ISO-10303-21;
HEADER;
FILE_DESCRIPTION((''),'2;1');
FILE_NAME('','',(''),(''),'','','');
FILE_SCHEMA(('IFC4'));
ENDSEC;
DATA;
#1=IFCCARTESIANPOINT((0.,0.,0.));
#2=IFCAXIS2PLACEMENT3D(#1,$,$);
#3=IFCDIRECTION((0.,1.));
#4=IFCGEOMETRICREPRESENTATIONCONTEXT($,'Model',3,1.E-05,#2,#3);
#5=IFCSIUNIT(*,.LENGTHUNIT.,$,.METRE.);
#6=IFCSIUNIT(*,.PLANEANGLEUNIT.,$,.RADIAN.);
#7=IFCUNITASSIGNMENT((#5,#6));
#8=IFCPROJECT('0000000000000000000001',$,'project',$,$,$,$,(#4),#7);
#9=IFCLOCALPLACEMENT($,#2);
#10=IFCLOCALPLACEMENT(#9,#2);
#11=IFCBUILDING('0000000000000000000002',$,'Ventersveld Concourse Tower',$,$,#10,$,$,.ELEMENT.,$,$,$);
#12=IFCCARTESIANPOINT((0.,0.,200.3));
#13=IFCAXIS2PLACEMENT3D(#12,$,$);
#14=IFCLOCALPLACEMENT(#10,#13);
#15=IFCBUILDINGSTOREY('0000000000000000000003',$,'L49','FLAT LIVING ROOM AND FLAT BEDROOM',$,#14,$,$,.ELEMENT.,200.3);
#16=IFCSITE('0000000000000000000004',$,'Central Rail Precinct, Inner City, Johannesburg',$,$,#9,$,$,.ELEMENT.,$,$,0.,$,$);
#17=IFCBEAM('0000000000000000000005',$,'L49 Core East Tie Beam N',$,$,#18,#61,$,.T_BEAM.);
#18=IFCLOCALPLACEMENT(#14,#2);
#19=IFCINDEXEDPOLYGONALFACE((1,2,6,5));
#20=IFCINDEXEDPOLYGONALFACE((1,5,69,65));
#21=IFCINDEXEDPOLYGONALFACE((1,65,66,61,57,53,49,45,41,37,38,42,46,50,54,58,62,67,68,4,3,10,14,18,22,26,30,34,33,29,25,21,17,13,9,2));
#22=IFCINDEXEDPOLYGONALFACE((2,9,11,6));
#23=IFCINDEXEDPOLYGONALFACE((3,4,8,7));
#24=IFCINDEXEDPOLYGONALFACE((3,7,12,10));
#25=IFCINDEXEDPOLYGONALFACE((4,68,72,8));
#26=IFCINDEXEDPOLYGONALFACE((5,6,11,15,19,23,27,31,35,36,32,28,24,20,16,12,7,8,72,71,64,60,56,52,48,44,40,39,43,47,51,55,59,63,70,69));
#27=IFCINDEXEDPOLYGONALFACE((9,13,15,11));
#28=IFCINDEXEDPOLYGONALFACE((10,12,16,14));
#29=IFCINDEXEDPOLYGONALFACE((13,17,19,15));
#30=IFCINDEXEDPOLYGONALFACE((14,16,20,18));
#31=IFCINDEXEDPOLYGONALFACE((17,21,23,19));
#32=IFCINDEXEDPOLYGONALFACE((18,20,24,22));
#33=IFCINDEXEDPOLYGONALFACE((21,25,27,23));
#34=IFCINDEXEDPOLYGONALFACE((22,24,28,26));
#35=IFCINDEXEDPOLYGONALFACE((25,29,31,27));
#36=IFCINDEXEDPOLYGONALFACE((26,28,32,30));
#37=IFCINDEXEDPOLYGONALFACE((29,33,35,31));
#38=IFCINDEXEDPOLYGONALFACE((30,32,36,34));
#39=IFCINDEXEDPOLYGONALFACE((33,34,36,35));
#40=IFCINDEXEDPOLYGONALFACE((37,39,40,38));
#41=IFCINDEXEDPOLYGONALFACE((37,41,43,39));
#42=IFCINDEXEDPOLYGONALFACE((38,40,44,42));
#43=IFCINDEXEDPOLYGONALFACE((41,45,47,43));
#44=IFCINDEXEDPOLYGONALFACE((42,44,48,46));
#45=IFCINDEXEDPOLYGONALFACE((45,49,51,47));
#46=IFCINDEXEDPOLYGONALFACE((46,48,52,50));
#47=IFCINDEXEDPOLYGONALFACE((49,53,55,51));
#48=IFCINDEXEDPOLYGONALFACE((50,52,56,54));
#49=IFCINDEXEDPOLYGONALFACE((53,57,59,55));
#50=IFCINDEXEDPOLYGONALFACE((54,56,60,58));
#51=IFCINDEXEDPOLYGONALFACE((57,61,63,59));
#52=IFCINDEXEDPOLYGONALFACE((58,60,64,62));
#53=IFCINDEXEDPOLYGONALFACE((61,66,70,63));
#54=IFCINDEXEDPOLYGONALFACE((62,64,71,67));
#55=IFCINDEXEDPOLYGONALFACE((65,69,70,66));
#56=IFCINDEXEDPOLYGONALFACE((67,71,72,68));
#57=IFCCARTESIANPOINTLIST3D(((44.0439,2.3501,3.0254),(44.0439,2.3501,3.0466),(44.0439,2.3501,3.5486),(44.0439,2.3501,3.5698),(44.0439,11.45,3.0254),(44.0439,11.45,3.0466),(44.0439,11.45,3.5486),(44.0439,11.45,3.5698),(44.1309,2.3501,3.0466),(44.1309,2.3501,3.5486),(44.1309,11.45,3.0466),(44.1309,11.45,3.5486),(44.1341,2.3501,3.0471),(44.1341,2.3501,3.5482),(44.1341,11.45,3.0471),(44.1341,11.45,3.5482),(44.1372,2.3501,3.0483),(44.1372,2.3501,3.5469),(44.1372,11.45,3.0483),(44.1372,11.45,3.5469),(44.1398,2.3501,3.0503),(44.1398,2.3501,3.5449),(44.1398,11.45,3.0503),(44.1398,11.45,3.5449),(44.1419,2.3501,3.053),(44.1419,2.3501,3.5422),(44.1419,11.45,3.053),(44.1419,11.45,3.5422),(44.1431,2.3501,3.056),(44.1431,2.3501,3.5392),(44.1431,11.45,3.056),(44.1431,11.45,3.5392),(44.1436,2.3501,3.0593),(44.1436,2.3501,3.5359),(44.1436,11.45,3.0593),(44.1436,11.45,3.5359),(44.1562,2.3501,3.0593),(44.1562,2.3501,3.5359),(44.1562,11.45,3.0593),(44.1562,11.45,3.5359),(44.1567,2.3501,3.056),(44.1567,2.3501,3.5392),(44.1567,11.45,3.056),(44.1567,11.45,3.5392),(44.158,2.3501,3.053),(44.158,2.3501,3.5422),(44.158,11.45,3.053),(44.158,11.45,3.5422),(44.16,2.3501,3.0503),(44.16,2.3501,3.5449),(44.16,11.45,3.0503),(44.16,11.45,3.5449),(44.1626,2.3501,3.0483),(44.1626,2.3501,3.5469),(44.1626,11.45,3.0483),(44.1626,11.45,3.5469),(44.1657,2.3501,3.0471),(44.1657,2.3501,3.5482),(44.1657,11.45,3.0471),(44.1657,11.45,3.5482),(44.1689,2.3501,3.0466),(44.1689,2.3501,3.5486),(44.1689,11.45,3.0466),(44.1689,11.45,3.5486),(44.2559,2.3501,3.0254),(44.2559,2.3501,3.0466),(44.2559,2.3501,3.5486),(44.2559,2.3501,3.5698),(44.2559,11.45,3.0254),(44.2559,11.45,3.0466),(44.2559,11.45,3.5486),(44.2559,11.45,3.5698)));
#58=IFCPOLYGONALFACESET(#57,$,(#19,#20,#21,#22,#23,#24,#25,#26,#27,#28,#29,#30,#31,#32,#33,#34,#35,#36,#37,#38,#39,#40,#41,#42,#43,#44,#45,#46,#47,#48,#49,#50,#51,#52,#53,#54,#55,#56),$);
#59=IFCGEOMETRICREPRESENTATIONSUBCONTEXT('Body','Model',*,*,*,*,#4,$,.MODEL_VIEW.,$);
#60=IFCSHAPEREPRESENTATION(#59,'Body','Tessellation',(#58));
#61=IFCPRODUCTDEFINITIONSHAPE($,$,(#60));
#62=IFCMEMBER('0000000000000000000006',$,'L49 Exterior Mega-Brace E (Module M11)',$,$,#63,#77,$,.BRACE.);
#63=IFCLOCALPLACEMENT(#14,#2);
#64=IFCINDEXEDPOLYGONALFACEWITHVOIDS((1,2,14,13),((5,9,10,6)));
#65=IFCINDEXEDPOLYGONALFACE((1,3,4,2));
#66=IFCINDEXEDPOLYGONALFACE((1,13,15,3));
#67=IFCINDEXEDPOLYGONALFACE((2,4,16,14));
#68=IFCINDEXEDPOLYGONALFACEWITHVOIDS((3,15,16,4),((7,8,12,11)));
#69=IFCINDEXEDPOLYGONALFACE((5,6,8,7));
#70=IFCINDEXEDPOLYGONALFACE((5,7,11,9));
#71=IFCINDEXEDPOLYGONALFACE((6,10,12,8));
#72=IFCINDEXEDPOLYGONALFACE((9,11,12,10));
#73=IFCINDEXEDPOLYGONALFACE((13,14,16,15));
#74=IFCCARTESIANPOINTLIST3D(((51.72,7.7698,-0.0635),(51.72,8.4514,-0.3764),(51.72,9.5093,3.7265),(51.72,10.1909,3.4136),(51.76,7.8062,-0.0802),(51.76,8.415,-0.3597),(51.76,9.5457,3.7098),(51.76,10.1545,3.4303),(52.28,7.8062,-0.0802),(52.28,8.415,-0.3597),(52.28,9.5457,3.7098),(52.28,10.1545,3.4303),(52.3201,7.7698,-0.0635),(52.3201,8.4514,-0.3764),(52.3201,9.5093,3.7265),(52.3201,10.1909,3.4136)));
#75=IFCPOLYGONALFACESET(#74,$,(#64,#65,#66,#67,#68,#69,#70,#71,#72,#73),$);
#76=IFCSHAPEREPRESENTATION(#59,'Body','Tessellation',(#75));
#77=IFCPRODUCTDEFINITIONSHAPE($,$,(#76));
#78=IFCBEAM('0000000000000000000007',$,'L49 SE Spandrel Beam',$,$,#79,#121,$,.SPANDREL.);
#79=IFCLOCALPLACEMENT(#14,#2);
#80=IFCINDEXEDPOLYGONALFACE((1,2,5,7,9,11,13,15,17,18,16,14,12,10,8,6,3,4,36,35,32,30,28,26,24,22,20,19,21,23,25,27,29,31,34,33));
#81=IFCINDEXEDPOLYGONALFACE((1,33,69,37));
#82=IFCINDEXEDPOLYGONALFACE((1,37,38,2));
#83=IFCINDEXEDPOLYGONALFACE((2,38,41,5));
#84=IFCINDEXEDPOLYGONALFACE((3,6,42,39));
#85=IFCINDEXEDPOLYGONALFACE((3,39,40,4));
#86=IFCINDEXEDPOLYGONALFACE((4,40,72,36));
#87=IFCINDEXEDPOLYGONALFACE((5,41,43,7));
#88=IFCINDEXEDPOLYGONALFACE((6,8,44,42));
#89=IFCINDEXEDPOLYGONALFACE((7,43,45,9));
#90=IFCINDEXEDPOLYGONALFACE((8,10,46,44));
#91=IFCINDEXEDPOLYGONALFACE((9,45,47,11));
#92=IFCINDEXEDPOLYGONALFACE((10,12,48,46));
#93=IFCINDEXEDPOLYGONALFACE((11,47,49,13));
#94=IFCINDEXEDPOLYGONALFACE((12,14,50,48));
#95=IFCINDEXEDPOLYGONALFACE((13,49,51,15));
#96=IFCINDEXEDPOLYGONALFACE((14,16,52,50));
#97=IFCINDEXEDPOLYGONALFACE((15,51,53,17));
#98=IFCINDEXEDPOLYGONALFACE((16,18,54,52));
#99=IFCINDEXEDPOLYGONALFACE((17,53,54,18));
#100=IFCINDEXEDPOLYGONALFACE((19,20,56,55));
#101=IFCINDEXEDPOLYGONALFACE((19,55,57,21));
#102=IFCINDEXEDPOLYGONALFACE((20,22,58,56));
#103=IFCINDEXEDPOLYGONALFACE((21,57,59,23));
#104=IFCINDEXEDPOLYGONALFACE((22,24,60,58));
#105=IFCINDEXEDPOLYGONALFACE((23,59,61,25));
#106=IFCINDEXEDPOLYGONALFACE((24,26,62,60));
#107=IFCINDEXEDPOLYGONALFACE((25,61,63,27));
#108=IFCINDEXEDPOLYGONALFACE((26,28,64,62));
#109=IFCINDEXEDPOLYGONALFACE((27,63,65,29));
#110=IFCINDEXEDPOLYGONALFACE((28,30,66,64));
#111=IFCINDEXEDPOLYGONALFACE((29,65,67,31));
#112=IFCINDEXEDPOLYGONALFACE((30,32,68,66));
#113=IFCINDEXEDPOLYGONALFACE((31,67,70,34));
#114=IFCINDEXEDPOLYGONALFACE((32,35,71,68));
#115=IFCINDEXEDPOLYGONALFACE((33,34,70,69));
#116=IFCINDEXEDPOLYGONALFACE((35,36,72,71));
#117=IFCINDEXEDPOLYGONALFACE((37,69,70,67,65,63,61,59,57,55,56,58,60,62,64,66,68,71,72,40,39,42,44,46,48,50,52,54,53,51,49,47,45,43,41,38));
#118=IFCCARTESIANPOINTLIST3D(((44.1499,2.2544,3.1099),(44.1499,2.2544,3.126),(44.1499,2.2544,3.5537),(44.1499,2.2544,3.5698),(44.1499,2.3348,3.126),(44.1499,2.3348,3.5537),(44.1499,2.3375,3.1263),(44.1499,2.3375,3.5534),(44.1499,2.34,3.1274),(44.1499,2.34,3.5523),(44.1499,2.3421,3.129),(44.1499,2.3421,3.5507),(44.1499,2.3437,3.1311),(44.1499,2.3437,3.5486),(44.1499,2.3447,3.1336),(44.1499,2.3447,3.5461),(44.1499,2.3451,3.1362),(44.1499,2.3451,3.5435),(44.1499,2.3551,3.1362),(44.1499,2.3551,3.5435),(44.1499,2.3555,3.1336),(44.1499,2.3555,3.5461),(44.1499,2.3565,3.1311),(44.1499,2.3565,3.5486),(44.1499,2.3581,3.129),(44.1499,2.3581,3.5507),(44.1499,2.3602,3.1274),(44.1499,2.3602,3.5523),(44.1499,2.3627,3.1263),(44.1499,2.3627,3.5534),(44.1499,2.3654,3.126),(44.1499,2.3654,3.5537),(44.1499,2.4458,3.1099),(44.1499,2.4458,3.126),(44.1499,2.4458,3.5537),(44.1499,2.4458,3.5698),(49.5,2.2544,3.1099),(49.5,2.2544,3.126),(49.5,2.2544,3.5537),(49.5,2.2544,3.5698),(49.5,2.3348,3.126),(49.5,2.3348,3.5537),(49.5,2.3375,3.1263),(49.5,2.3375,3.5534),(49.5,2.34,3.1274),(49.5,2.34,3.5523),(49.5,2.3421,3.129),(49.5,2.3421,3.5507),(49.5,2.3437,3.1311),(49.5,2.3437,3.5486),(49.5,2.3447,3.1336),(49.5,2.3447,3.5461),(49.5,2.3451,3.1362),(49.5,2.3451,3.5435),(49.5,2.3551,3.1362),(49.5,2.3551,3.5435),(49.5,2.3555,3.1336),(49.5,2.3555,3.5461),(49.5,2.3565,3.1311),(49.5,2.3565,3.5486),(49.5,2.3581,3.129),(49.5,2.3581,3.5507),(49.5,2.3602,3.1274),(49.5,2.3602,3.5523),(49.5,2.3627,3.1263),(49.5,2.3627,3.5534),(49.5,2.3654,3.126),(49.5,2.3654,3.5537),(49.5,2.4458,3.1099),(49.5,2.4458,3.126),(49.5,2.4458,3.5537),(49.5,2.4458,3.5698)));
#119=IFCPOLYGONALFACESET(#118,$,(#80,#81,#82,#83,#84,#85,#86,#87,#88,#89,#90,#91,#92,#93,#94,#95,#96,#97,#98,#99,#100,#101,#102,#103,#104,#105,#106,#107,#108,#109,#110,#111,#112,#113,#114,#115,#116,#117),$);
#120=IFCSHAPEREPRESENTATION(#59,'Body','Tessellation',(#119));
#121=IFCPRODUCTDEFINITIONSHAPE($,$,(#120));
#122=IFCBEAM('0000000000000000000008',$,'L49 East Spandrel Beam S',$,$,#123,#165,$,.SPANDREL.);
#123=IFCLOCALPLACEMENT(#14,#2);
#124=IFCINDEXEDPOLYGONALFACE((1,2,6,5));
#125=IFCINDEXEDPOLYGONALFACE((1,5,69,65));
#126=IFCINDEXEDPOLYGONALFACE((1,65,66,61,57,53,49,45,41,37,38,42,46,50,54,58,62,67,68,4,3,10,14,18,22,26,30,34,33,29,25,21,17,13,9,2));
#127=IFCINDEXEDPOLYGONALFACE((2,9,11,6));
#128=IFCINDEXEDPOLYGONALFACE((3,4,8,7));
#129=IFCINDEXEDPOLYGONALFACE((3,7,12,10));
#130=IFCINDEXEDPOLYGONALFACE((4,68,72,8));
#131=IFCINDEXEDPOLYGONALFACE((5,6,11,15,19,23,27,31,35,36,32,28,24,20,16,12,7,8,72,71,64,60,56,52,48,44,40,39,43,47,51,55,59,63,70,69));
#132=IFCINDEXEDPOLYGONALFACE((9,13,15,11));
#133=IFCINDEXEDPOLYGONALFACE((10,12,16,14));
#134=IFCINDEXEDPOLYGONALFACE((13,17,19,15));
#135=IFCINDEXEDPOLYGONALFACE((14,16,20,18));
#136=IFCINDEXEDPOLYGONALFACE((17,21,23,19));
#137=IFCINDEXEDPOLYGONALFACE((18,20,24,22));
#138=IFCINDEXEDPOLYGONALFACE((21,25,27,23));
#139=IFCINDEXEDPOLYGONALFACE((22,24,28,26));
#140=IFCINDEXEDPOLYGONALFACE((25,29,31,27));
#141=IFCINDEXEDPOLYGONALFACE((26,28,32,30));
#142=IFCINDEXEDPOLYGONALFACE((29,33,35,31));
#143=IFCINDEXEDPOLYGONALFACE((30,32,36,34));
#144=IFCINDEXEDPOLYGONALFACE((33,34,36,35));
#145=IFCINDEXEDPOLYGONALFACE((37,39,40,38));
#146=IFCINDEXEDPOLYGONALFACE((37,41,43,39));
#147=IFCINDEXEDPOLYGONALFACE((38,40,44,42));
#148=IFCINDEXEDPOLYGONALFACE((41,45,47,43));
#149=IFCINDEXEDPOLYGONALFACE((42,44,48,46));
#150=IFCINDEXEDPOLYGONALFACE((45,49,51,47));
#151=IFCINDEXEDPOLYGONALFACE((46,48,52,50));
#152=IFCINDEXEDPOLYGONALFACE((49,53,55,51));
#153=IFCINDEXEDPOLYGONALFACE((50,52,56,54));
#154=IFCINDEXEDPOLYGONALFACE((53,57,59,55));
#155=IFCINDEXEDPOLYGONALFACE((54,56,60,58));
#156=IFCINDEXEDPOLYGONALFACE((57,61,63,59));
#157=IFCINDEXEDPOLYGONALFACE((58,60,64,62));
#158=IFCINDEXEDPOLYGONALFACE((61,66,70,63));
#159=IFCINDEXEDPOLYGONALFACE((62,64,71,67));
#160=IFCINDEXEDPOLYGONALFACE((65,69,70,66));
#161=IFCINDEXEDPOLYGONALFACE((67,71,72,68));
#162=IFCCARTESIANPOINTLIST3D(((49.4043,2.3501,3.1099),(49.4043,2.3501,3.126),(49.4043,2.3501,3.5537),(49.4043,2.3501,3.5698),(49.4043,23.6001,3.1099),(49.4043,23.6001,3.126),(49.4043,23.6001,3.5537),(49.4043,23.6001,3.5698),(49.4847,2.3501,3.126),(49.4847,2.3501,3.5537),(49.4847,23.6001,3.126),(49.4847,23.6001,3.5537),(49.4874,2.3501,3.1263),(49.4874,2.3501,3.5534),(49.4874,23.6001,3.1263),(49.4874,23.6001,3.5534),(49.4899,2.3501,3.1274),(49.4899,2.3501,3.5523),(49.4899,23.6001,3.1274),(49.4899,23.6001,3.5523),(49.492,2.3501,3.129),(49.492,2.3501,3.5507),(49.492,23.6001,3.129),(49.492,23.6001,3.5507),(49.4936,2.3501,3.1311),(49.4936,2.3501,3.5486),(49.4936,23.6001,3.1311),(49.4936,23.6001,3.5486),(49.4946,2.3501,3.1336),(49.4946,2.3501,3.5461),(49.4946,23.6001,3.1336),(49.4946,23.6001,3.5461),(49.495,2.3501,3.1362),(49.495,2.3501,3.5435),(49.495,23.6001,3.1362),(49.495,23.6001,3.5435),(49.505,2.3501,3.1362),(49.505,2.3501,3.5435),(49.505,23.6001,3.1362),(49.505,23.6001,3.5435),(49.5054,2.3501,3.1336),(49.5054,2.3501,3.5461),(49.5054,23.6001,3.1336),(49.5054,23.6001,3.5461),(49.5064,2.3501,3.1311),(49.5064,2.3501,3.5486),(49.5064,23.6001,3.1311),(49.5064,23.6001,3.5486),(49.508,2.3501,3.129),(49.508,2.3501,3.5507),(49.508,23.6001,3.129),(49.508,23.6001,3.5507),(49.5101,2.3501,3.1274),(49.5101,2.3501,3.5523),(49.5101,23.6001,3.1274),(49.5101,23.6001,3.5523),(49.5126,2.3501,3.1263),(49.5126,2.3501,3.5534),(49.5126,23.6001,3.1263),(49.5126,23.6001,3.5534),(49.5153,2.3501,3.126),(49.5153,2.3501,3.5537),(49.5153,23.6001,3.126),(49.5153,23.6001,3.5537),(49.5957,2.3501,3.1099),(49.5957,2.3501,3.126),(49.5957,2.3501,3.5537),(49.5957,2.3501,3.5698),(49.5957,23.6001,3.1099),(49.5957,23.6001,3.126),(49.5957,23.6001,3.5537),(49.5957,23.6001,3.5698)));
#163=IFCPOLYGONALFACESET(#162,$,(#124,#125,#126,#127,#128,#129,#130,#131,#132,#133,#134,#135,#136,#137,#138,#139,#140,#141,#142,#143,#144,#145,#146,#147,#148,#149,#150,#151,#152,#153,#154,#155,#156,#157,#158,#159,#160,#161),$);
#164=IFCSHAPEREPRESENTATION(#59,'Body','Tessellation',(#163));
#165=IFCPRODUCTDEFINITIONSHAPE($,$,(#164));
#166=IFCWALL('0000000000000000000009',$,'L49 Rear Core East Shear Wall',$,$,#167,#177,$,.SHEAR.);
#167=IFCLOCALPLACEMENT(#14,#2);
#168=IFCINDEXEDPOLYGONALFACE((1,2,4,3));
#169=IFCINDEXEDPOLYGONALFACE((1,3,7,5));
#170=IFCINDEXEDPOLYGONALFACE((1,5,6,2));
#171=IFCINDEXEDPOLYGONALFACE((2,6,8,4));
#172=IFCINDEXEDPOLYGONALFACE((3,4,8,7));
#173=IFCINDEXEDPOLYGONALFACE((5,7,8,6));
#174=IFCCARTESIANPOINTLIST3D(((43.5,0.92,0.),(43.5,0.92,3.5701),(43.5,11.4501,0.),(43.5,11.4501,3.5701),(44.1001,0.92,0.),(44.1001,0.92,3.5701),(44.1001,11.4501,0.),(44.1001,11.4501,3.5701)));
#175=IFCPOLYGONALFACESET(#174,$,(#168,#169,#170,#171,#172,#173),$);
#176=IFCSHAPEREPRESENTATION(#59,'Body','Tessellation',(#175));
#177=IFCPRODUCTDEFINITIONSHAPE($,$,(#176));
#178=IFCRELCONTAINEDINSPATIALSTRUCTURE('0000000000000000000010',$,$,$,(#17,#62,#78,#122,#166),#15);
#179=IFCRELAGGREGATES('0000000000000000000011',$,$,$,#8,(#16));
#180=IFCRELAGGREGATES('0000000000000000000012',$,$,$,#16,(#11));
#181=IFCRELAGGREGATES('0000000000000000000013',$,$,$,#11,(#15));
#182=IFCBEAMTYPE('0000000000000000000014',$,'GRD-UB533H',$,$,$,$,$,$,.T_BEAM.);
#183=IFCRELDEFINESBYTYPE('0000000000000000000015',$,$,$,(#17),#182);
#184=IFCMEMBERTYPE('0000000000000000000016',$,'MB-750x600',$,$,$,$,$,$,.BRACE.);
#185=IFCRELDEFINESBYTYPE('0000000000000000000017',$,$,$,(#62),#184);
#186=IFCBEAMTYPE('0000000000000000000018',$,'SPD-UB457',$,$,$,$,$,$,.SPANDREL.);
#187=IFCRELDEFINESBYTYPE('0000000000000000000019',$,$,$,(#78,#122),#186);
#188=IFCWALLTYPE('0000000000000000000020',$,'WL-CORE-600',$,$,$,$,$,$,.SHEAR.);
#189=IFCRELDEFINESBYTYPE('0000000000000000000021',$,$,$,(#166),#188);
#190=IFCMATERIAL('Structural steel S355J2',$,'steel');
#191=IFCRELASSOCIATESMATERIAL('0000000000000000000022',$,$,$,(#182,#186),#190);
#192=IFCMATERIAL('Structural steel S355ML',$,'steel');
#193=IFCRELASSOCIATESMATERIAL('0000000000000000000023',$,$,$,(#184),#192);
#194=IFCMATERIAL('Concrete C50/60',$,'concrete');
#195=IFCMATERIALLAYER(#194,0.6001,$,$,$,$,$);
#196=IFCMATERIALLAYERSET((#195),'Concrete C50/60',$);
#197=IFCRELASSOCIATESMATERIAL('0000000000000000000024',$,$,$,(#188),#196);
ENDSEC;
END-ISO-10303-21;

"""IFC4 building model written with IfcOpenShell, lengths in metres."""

from ifc_helpers import new_model, si_unit, direction, frame, frame_2d, origin, origin_2d, place, context, subcontext, project, spatial, rectangle, hollow_rectangle, i_section, extrude, material, layer, layer_set, material_profile, profile_set, type_object, element, save


model = new_model("IFC4")

# Units and contexts
model_context = context("Model", 3, precision=1e-05, world=origin(), true_north=direction((0.0, 1.0)))
body_context = subcontext(model_context, "Body", "Model", "MODEL_VIEW")
ifc_project = project(units=[si_unit("LENGTHUNIT", "METRE"), si_unit("PLANEANGLEUNIT", "RADIAN")], contexts=[model_context])

# Site, building, storey
site_placement = place(None, origin())
site = spatial("IfcSite", under=ifc_project, at=site_placement, Name="Central Rail Precinct, Inner City, Johannesburg", CompositionType="ELEMENT", RefElevation=0.0)
building_placement = place(site_placement, origin())
building = spatial("IfcBuilding", under=site, at=building_placement, Name="Ventersveld Concourse Tower", CompositionType="ELEMENT")
storey_placement = place(building_placement, frame((0.0, 0.0, 200.3)))
storey = spatial("IfcBuildingStorey", under=building, at=storey_placement, Name="L49", Description="FLAT LIVING ROOM AND FLAT BEDROOM", CompositionType="ELEMENT", Elevation=200.3)

# Shared definitions
ifc_material_1 = material(Name="Concrete C50/60", Category="concrete")

# Beam
ifc_material_2 = material(Name="Structural steel S355J2", Category="steel")
ifc_material_profile_1 = material_profile(ifc_material_2, i_section(OverallWidth=0.2119, OverallDepth=0.5444, WebThickness=0.0127, FlangeThickness=0.0212, FilletRadius=0.0127, at=origin_2d()), Name="UB 533x210x122")
ifc_profile_set_1 = profile_set([ifc_material_profile_1], Name="Structural steel S355J2")
beam_type_1 = type_object("IfcBeamType", Name="GRD-UB533H", PredefinedType="T_BEAM", material=ifc_profile_set_1)
beam_1_placement = place(storey_placement, frame((44.1499, 2.3501, 3.2976), z_axis=(0.0, 1.0, 0.0), x_axis=(-1.0, 0.0, 0.0)))
element("IfcBeam", 1, at=beam_1_placement, inside=storey, type_object=beam_type_1, Name="L49 Core East Tie Beam N", PredefinedType="T_BEAM", context=body_context, shape_type="SweptSolid", body=[
    extrude(i_section(OverallWidth=0.2119, OverallDepth=0.5444, WebThickness=0.0127, FlangeThickness=0.0212, FilletRadius=0.0127, at=origin_2d()), origin(), (0.0, 0.0, 1.0), 9.0999),
])

# Member
ifc_material_3 = material(Name="Structural steel S355ML", Category="steel")
ifc_material_profile_2 = material_profile(ifc_material_3, hollow_rectangle(XDim=0.6001, YDim=0.75, WallThickness=0.04, at=origin_2d()), Name="BOX 750x600x40")
ifc_profile_set_2 = profile_set([ifc_material_profile_2], Name="Structural steel S355ML")
member_type = type_object("IfcMemberType", Name="MB-750x600", PredefinedType="BRACE", material=ifc_profile_set_2)
member_placement = place(storey_placement, frame((52.02, 8.1106, -0.22), z_axis=(0.0, 0.41713, 0.908847), x_axis=(-1.0, 0.0, 0.0)))
element("IfcMember", 2, at=member_placement, inside=storey, type_object=member_type, Name="L49 Exterior Mega-Brace E (Module M11)", PredefinedType="BRACE", context=body_context, shape_type="SweptSolid", body=[
    extrude(hollow_rectangle(XDim=0.6001, YDim=0.75, WallThickness=0.04, at=origin_2d()), origin(), (0.0, 0.0, 1.0), 4.1702),
])

# Beams
ifc_material_profile_3 = material_profile(ifc_material_2, i_section(OverallWidth=0.1914, OverallDepth=0.46, WebThickness=0.01, FlangeThickness=0.0161, FilletRadius=0.0103, at=origin_2d()), Name="UB 457x191x82")
ifc_profile_set_3 = profile_set([ifc_material_profile_3], Name="Structural steel S355J2")
beam_type_2 = type_object("IfcBeamType", Name="SPD-UB457", PredefinedType="SPANDREL", material=ifc_profile_set_3)
beam_2_placement = place(storey_placement, frame((44.1499, 2.3501, 3.3398), z_axis=(1.0, 0.0, 0.0), x_axis=(0.0, 1.0, 0.0)))
element("IfcBeam", 3, at=beam_2_placement, inside=storey, type_object=beam_type_2, Name="L49 SE Spandrel Beam", PredefinedType="SPANDREL", context=body_context, shape_type="SweptSolid", body=[
    extrude(i_section(OverallWidth=0.1914, OverallDepth=0.46, WebThickness=0.01, FlangeThickness=0.0161, FilletRadius=0.0103, at=origin_2d()), origin(), (0.0, 0.0, 1.0), 5.3501),
])
beam_3_placement = place(storey_placement, frame((49.5, 2.3501, 3.3398), z_axis=(0.0, 1.0, 0.0), x_axis=(-1.0, 0.0, 0.0)))
element("IfcBeam", 4, at=beam_3_placement, inside=storey, type_object=beam_type_2, Name="L49 East Spandrel Beam S", PredefinedType="SPANDREL", context=body_context, shape_type="SweptSolid", body=[
    extrude(i_section(OverallWidth=0.1914, OverallDepth=0.46, WebThickness=0.01, FlangeThickness=0.0161, FilletRadius=0.0103, at=origin_2d()), origin(), (0.0, 0.0, 1.0), 21.25),
])

# Wall
ifc_layer_1 = layer(ifc_material_1, 0.6001)
ifc_layer_set_1 = layer_set([ifc_layer_1], Name="Concrete C50/60")
wall_type_1 = type_object("IfcWallType", Name="WL-CORE-600", PredefinedType="SHEAR", material=ifc_layer_set_1)
wall_1_placement = place(storey_placement, frame((43.8, 0.9199, 0.0), z_axis=(0.0, 0.0, 1.0), x_axis=(0.0, 1.0, 0.0)))
element("IfcWall", 5, at=wall_1_placement, inside=storey, type_object=wall_type_1, Name="L49 Rear Core East Shear Wall", PredefinedType="SHEAR", context=body_context, shape_type="SweptSolid", body=[
    extrude(rectangle(XDim=10.53, YDim=0.6001, at=frame_2d((5.2651, 0.0))), origin(), (0.0, 0.0, 1.0), 3.5701),
])

save(model, "model.ifc")
